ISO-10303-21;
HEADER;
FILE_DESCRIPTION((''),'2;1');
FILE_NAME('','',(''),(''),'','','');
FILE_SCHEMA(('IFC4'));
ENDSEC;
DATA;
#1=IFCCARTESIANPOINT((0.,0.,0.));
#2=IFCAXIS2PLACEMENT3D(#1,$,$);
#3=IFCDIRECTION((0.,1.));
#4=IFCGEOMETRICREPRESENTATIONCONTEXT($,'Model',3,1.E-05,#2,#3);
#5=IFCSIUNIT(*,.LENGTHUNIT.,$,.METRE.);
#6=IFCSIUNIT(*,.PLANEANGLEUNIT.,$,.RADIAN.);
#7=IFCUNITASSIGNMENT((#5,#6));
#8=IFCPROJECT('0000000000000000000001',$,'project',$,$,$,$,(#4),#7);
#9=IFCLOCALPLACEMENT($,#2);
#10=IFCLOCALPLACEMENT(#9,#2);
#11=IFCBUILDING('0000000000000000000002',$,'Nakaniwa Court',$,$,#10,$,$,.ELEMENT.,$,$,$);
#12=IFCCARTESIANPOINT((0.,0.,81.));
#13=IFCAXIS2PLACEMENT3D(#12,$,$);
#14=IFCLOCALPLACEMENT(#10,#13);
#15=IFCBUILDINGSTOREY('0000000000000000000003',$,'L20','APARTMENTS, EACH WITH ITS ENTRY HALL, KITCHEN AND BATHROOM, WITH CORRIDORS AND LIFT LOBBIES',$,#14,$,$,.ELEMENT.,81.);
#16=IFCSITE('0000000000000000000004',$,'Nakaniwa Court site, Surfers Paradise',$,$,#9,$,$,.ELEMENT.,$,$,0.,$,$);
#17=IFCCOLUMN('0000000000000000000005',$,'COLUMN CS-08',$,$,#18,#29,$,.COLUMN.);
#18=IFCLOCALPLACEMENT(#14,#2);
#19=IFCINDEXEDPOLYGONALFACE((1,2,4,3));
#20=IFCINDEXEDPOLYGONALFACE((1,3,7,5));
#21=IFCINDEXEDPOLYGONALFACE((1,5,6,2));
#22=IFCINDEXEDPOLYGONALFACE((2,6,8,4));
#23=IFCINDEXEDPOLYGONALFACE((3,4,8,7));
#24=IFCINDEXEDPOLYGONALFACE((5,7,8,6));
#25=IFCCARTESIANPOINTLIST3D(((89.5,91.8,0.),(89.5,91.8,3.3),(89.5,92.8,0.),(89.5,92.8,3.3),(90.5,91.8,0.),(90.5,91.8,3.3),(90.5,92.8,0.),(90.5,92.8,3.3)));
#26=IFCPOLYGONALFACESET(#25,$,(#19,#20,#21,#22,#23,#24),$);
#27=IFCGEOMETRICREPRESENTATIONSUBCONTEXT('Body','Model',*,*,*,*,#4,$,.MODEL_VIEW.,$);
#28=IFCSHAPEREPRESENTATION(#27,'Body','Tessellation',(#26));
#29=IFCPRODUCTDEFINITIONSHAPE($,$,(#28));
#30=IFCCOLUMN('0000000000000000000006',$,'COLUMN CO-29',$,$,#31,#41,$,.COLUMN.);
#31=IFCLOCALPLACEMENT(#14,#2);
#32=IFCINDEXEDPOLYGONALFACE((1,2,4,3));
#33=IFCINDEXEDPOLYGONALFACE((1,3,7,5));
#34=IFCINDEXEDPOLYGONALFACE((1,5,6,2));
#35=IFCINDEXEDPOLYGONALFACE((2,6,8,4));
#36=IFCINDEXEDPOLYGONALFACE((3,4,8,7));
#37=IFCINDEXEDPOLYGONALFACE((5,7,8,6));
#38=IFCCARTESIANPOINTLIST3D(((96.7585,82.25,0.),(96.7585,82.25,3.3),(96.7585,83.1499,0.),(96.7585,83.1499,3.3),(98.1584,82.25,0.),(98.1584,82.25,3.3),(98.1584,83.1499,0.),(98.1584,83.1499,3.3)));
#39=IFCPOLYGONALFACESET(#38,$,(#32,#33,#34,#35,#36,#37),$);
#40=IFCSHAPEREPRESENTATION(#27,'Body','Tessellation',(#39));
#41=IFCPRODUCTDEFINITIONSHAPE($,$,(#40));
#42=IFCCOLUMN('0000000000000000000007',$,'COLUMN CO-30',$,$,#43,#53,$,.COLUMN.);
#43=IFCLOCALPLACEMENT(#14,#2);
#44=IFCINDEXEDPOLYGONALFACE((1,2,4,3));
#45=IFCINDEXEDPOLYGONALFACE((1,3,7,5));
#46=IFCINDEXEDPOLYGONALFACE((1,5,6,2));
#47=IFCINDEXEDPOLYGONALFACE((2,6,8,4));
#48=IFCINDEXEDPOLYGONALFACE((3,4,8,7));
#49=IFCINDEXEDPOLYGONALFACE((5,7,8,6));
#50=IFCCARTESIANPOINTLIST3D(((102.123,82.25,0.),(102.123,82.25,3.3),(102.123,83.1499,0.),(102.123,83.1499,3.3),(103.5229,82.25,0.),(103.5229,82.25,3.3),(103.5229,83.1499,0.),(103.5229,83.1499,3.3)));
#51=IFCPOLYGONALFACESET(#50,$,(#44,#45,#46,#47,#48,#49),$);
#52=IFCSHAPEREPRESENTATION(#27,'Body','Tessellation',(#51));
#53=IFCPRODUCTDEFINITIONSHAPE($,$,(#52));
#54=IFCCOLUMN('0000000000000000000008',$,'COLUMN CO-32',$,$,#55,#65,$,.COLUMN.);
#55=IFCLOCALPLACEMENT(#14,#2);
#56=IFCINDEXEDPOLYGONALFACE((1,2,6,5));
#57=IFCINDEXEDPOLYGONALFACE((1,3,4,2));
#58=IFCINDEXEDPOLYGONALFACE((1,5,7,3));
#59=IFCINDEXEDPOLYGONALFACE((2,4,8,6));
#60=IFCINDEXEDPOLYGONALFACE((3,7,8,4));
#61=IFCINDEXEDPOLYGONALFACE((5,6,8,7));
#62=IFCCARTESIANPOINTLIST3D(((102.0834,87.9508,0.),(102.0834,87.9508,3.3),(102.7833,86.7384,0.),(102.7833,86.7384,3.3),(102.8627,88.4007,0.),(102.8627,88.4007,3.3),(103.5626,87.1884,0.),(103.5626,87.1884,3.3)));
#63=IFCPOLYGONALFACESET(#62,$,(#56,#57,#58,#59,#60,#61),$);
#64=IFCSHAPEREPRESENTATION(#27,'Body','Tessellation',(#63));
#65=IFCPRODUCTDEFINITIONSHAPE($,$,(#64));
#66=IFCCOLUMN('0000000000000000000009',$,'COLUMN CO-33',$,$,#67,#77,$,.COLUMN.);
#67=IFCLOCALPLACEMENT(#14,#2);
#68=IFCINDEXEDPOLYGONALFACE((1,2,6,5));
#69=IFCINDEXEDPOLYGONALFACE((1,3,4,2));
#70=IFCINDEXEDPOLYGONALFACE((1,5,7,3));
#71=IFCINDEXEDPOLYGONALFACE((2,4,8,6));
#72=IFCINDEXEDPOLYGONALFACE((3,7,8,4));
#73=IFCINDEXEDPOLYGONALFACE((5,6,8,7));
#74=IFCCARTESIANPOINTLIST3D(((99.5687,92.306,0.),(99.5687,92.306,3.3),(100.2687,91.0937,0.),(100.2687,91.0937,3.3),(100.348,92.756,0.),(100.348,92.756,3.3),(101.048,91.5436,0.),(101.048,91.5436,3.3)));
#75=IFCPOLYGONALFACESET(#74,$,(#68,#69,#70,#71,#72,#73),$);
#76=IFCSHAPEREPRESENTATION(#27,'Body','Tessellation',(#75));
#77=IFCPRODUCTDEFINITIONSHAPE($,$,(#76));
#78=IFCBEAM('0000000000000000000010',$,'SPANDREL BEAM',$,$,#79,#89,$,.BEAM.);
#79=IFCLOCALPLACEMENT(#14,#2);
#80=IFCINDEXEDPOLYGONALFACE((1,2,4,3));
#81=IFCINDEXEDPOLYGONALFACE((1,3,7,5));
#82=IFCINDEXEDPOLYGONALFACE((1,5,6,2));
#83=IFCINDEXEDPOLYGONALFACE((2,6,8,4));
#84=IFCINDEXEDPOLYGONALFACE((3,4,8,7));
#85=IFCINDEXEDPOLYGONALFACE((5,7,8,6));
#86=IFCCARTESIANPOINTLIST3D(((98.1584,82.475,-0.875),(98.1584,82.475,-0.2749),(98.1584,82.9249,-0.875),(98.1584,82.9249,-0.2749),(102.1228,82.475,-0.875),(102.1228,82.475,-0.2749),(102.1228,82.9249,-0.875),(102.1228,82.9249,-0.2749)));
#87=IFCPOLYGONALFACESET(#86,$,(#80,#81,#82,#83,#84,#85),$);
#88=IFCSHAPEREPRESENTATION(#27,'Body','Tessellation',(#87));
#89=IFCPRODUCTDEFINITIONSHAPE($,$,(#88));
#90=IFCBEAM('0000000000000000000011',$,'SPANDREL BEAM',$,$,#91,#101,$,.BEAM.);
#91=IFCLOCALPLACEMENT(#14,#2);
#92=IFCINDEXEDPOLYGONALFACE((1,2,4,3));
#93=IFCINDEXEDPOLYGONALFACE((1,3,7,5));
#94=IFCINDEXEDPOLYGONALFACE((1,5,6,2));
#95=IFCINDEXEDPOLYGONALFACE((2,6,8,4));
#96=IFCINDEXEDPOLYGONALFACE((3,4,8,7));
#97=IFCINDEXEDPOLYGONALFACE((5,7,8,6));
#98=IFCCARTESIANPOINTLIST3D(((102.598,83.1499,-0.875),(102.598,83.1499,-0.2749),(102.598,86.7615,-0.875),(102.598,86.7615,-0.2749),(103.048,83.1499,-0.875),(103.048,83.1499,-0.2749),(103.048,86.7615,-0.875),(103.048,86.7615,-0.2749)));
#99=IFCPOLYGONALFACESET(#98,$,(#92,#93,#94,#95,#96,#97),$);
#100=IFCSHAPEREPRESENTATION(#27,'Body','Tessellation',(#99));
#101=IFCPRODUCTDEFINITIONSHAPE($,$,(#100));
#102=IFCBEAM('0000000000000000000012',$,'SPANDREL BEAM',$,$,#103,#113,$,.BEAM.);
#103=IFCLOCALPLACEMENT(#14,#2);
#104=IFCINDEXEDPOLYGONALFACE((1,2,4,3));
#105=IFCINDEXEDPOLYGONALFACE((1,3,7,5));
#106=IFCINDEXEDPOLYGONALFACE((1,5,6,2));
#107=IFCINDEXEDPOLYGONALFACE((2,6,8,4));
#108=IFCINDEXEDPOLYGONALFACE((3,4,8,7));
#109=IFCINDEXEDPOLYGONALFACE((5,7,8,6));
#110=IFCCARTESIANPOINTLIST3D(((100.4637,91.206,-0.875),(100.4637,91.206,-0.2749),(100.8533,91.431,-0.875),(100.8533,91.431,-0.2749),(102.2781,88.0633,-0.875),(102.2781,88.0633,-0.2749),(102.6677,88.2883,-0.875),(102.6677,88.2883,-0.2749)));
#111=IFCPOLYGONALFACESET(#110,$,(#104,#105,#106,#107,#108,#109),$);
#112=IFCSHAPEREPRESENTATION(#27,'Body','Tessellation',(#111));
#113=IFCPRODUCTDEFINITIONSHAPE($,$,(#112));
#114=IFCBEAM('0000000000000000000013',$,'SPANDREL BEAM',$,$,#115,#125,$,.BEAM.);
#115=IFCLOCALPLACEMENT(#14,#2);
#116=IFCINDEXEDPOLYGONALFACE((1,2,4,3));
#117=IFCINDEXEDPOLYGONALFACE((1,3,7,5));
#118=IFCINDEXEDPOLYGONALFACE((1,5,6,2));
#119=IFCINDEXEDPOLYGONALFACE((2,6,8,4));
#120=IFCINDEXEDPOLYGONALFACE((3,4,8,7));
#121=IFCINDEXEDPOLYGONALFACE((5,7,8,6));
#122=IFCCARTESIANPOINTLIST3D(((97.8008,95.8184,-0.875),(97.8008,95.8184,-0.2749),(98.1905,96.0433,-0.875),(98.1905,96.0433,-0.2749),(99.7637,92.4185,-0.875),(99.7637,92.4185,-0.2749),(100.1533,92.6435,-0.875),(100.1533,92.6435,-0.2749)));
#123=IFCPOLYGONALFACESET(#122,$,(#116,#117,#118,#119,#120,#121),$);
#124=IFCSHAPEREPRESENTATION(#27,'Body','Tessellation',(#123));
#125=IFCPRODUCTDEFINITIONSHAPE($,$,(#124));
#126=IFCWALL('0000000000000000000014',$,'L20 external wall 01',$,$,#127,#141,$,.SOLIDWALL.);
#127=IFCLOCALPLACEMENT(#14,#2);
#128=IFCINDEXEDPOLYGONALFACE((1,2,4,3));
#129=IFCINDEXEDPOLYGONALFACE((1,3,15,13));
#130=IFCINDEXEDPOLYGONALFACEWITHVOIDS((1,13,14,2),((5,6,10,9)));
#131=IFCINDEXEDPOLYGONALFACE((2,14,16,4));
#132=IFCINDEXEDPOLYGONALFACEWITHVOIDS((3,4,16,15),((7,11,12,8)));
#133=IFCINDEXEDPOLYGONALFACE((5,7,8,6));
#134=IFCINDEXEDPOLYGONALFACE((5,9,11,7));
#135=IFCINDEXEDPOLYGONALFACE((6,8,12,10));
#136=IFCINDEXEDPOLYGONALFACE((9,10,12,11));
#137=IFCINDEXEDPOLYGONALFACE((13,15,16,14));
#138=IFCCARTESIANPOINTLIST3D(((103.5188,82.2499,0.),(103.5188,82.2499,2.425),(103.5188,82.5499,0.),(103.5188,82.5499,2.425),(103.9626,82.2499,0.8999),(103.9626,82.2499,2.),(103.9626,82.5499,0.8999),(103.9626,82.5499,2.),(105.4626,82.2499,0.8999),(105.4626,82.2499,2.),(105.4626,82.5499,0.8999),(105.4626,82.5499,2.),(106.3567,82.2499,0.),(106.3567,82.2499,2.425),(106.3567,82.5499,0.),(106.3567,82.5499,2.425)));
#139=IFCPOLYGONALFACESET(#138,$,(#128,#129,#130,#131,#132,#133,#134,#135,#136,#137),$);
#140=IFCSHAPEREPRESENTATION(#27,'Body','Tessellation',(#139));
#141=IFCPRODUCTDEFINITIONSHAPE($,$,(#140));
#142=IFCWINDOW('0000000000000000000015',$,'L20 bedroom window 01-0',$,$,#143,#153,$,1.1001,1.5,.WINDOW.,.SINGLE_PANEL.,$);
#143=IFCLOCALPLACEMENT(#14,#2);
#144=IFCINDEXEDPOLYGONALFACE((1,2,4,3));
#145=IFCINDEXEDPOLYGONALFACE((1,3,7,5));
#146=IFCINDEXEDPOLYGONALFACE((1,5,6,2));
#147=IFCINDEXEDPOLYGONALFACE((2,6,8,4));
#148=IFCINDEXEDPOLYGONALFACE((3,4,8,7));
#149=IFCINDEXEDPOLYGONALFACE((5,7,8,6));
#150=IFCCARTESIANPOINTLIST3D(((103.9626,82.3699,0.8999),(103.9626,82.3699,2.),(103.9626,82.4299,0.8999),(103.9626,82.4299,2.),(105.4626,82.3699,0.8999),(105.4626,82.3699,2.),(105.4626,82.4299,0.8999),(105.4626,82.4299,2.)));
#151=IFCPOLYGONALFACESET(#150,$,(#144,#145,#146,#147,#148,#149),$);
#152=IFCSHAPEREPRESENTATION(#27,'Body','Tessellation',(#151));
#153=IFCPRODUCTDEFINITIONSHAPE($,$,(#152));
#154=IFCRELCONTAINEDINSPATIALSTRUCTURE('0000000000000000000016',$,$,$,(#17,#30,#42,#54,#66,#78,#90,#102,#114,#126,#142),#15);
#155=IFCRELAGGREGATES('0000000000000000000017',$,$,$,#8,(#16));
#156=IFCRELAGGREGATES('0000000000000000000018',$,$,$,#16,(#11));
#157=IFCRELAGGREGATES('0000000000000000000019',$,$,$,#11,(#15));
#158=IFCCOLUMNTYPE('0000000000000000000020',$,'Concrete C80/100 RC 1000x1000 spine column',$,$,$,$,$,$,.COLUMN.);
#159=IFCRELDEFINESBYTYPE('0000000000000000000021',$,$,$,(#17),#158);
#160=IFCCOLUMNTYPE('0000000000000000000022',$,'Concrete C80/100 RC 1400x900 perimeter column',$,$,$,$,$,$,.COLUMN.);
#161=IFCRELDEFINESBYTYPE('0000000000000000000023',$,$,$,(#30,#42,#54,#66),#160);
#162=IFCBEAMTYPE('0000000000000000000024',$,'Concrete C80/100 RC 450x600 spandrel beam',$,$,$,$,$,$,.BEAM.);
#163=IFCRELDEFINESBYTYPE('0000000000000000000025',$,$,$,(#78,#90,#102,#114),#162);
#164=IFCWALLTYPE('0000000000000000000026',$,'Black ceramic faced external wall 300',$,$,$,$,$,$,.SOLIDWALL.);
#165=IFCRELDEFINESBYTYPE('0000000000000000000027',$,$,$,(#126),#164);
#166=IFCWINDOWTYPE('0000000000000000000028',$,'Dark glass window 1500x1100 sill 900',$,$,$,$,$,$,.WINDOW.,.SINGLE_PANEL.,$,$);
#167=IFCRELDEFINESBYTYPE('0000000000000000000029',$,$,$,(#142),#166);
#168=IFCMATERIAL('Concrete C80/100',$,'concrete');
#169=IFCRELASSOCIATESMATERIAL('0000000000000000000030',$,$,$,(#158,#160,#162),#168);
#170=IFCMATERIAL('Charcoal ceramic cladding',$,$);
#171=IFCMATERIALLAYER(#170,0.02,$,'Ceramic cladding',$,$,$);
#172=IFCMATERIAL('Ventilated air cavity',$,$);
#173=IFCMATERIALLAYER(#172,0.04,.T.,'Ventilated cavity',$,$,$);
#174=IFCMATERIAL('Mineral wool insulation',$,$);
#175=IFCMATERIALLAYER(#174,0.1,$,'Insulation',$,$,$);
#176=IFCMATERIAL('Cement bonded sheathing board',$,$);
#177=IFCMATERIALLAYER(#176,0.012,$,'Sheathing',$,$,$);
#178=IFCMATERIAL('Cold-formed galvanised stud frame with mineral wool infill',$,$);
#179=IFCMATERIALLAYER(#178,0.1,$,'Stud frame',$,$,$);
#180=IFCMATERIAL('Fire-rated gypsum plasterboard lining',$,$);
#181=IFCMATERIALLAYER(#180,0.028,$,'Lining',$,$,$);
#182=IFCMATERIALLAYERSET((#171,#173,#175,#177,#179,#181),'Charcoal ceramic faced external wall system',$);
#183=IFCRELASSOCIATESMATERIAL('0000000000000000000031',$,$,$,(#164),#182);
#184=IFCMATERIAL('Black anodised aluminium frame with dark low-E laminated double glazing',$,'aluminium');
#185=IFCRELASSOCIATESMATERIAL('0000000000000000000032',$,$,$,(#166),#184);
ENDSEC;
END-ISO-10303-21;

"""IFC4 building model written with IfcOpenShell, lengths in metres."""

from ifc_helpers import new_model, si_unit, direction, frame, frame_2d, origin, origin_2d, place, context, subcontext, project, spatial, rectangle, extrude, material, layer, layer_set, material_profile, profile_set, type_object, element, fill, save


model = new_model("IFC4")

# Units and contexts
model_context = context("Model", 3, precision=1e-05, world=origin(), true_north=direction((0.0, 1.0)))
body_context = subcontext(model_context, "Body", "Model", "MODEL_VIEW")
ifc_project = project(units=[si_unit("LENGTHUNIT", "METRE"), si_unit("PLANEANGLEUNIT", "RADIAN")], contexts=[model_context])

# Site, building, storey
site_placement = place(None, origin())
site = spatial("IfcSite", under=ifc_project, at=site_placement, Name="Nakaniwa Court site, Surfers Paradise", CompositionType="ELEMENT", RefElevation=0.0)
building_placement = place(site_placement, origin())
building = spatial("IfcBuilding", under=site, at=building_placement, Name="Nakaniwa Court", CompositionType="ELEMENT")
storey_placement = place(building_placement, frame((0.0, 0.0, 81.0)))
storey = spatial("IfcBuildingStorey", under=building, at=storey_placement, Name="L20", Description="APARTMENTS, EACH WITH ITS ENTRY HALL, KITCHEN AND BATHROOM, WITH CORRIDORS AND LIFT LOBBIES", CompositionType="ELEMENT", Elevation=81.0)

# Columns
ifc_material_1 = material(Name="Concrete C80/100", Category="concrete")
ifc_material_profile_1 = material_profile(ifc_material_1, rectangle(XDim=1.0, YDim=1.0, at=origin_2d()), Name="Concrete C80/100 RC 1000x1000 spine column")
ifc_profile_set_1 = profile_set([ifc_material_profile_1], Name="Concrete C80/100")
column_type_1 = type_object("IfcColumnType", Name="Concrete C80/100 RC 1000x1000 spine column", PredefinedType="COLUMN", material=ifc_profile_set_1)
column_placement = place(storey_placement, frame((90.0, 92.3, 0.0), z_axis=(0.0, 0.0, 1.0), x_axis=(0.0, 1.0, 0.0)))
element("IfcColumn", 1, at=column_placement, inside=storey, type_object=column_type_1, Name="COLUMN CS-08", PredefinedType="COLUMN", context=body_context, shape_type="SweptSolid", body=[
    extrude(rectangle(XDim=1.0, YDim=1.0, at=origin_2d()), origin(), (0.0, 0.0, 1.0), 3.3),
])
ifc_material_profile_2 = material_profile(ifc_material_1, rectangle(XDim=1.3999, YDim=0.8999, at=origin_2d()), Name="Concrete C80/100 RC 1400x900 perimeter column")
ifc_profile_set_2 = profile_set([ifc_material_profile_2], Name="Concrete C80/100")
column_type_2 = type_object("IfcColumnType", Name="Concrete C80/100 RC 1400x900 perimeter column", PredefinedType="COLUMN", material=ifc_profile_set_2)
for number, where, z_axis, x_axis, name in (
    (2, (97.4585, 82.7, 0.0), (0.0, 0.0, 1.0), (1.0, 0.0, 0.0), "COLUMN CO-29"),
    (3, (102.823, 82.7, 0.0), (0.0, 0.0, 1.0), (1.0, 0.0, 0.0), "COLUMN CO-30"),
    (4, (102.823, 87.5696, 0.0), (0.0, 0.0, 1.0), (-0.5, 0.866025, 0.0), "COLUMN CO-32"),
    (5, (100.3083, 91.9248, 0.0), (0.0, 0.0, 1.0), (-0.5, 0.866025, 0.0), "COLUMN CO-33"),
):
    element("IfcColumn", number, at=place(storey_placement, frame(where, z_axis=z_axis, x_axis=x_axis)), inside=storey, type_object=column_type_2, Name=name, PredefinedType="COLUMN", context=body_context, shape_type="SweptSolid", body=[
        extrude(rectangle(XDim=1.3999, YDim=0.8999, at=origin_2d()), origin(), (0.0, 0.0, 1.0), 3.3),
    ])

# Beams
ifc_material_profile_3 = material_profile(ifc_material_1, rectangle(XDim=0.45, YDim=0.6001, at=origin_2d()), Name="Concrete C80/100 RC 450x600 spandrel beam")
ifc_profile_set_3 = profile_set([ifc_material_profile_3], Name="Concrete C80/100")
beam_type = type_object("IfcBeamType", Name="Concrete C80/100 RC 450x600 spandrel beam", PredefinedType="BEAM", material=ifc_profile_set_3)
beam_1_placement = place(storey_placement, frame((98.1584, 82.7, -0.575), z_axis=(1.0, 0.0, 0.0), x_axis=(0.0, 1.0, 0.0)))
element("IfcBeam", 6, at=beam_1_placement, inside=storey, type_object=beam_type, Name="SPANDREL BEAM", PredefinedType="BEAM", context=body_context, shape_type="SweptSolid", body=[
    extrude(rectangle(XDim=0.45, YDim=0.6001, at=origin_2d()), origin(), (0.0, 0.0, 1.0), 3.9644),
])
beam_2_placement = place(storey_placement, frame((102.823, 83.1499, -0.575), z_axis=(0.0, 1.0, 0.0), x_axis=(-1.0, 0.0, 0.0)))
element("IfcBeam", 7, at=beam_2_placement, inside=storey, type_object=beam_type, Name="SPANDREL BEAM", PredefinedType="BEAM", context=body_context, shape_type="SweptSolid", body=[
    extrude(rectangle(XDim=0.45, YDim=0.6001, at=origin_2d()), origin(), (0.0, 0.0, 1.0), 3.6116),
])
beam_3_placement = place(storey_placement, frame((102.4729, 88.1758, -0.575), z_axis=(-0.499988, 0.866032, 0.0), x_axis=(-0.866032, -0.499988, 0.0)))
element("IfcBeam", 8, at=beam_3_placement, inside=storey, type_object=beam_type, Name="SPANDREL BEAM", PredefinedType="BEAM", context=body_context, shape_type="SweptSolid", body=[
    extrude(rectangle(XDim=0.45, YDim=0.6001, at=origin_2d()), origin(), (0.0, 0.0, 1.0), 3.6289),
])
beam_4_placement = place(storey_placement, frame((99.9585, 92.531, -0.575), z_axis=(-0.499992, 0.86603, 0.0), x_axis=(-0.86603, -0.499992, 0.0)))
element("IfcBeam", 9, at=beam_4_placement, inside=storey, type_object=beam_type, Name="SPANDREL BEAM", PredefinedType="BEAM", context=body_context, shape_type="SweptSolid", body=[
    extrude(rectangle(XDim=0.45, YDim=0.6001, at=origin_2d()), origin(), (0.0, 0.0, 1.0), 3.9258),
])

# Wall, opening, window
ifc_material_2 = material(Name="Charcoal ceramic cladding")
ifc_layer_1 = layer(ifc_material_2, 0.02, Name="Ceramic cladding")
ifc_material_3 = material(Name="Ventilated air cavity")
ifc_layer_2 = layer(ifc_material_3, 0.04, ventilated=True, Name="Ventilated cavity")
ifc_material_4 = material(Name="Mineral wool insulation")
ifc_layer_3 = layer(ifc_material_4, 0.1, Name="Insulation")
ifc_material_5 = material(Name="Cement bonded sheathing board")
ifc_layer_4 = layer(ifc_material_5, 0.012, Name="Sheathing")
ifc_material_6 = material(Name="Cold-formed galvanised stud frame with mineral wool infill")
ifc_layer_5 = layer(ifc_material_6, 0.1, Name="Stud frame")
ifc_material_7 = material(Name="Fire-rated gypsum plasterboard lining")
ifc_layer_6 = layer(ifc_material_7, 0.028, Name="Lining")
ifc_layer_set_1 = layer_set([ifc_layer_1, ifc_layer_2, ifc_layer_3, ifc_layer_4, ifc_layer_5, ifc_layer_6], Name="Charcoal ceramic faced external wall system")
wall_type_1 = type_object("IfcWallType", Name="Black ceramic faced external wall 300", PredefinedType="SOLIDWALL", material=ifc_layer_set_1)
wall_1_placement = place(storey_placement, frame((103.5188, 82.3999, 0.0), z_axis=(0.0, 0.0, 1.0), x_axis=(1.0, 0.0, 0.0)))
wall_1 = element("IfcWall", 10, at=wall_1_placement, inside=storey, type_object=wall_type_1, Name="L20 external wall 01", PredefinedType="SOLIDWALL", context=body_context, shape_type="SweptSolid", body=[
    extrude(rectangle(XDim=2.8379, YDim=0.3, at=frame_2d((1.4189, 0.0))), origin(), (0.0, 0.0, 1.0), 2.425),
])
opening_1_placement = place(wall_1_placement, frame((0.4438, 0.0, 0.8999)))
opening_1 = element("IfcOpeningElement", 11, at=opening_1_placement, cuts=wall_1, PredefinedType="OPENING", context=body_context, shape_type="SweptSolid", body=[
    extrude(rectangle(XDim=1.5, YDim=1.1001, at=frame_2d((0.75, 0.55))), frame((0.0, 0.1599, 0.0), z_axis=(0.0, -1.0, 0.0), x_axis=(1.0, 0.0, 0.0)), (0.0, 0.0, 1.0), 0.3201),
])
ifc_material_8 = material(Name="Black anodised aluminium frame with dark low-E laminated double glazing", Category="aluminium")
window_type_1 = type_object("IfcWindowType", Name="Dark glass window 1500x1100 sill 900", PartitioningType="SINGLE_PANEL", PredefinedType="WINDOW", material=ifc_material_8)
window_1_placement = place(opening_1_placement, origin())
window_1 = element("IfcWindow", 12, at=window_1_placement, inside=storey, type_object=window_type_1, Name="L20 bedroom window 01-0", OverallHeight=1.1001, OverallWidth=1.5, PartitioningType="SINGLE_PANEL", PredefinedType="WINDOW", context=body_context, shape_type="SweptSolid", body=[
    extrude(rectangle(XDim=1.5, YDim=1.1001, at=frame_2d((0.75, 0.55))), frame((0.0, 0.03, 0.0), z_axis=(0.0, -1.0, 0.0), x_axis=(1.0, 0.0, 0.0)), (0.0, 0.0, 1.0), 0.0601),
])
fill(opening_1, window_1)

save(model, "model.ifc")
